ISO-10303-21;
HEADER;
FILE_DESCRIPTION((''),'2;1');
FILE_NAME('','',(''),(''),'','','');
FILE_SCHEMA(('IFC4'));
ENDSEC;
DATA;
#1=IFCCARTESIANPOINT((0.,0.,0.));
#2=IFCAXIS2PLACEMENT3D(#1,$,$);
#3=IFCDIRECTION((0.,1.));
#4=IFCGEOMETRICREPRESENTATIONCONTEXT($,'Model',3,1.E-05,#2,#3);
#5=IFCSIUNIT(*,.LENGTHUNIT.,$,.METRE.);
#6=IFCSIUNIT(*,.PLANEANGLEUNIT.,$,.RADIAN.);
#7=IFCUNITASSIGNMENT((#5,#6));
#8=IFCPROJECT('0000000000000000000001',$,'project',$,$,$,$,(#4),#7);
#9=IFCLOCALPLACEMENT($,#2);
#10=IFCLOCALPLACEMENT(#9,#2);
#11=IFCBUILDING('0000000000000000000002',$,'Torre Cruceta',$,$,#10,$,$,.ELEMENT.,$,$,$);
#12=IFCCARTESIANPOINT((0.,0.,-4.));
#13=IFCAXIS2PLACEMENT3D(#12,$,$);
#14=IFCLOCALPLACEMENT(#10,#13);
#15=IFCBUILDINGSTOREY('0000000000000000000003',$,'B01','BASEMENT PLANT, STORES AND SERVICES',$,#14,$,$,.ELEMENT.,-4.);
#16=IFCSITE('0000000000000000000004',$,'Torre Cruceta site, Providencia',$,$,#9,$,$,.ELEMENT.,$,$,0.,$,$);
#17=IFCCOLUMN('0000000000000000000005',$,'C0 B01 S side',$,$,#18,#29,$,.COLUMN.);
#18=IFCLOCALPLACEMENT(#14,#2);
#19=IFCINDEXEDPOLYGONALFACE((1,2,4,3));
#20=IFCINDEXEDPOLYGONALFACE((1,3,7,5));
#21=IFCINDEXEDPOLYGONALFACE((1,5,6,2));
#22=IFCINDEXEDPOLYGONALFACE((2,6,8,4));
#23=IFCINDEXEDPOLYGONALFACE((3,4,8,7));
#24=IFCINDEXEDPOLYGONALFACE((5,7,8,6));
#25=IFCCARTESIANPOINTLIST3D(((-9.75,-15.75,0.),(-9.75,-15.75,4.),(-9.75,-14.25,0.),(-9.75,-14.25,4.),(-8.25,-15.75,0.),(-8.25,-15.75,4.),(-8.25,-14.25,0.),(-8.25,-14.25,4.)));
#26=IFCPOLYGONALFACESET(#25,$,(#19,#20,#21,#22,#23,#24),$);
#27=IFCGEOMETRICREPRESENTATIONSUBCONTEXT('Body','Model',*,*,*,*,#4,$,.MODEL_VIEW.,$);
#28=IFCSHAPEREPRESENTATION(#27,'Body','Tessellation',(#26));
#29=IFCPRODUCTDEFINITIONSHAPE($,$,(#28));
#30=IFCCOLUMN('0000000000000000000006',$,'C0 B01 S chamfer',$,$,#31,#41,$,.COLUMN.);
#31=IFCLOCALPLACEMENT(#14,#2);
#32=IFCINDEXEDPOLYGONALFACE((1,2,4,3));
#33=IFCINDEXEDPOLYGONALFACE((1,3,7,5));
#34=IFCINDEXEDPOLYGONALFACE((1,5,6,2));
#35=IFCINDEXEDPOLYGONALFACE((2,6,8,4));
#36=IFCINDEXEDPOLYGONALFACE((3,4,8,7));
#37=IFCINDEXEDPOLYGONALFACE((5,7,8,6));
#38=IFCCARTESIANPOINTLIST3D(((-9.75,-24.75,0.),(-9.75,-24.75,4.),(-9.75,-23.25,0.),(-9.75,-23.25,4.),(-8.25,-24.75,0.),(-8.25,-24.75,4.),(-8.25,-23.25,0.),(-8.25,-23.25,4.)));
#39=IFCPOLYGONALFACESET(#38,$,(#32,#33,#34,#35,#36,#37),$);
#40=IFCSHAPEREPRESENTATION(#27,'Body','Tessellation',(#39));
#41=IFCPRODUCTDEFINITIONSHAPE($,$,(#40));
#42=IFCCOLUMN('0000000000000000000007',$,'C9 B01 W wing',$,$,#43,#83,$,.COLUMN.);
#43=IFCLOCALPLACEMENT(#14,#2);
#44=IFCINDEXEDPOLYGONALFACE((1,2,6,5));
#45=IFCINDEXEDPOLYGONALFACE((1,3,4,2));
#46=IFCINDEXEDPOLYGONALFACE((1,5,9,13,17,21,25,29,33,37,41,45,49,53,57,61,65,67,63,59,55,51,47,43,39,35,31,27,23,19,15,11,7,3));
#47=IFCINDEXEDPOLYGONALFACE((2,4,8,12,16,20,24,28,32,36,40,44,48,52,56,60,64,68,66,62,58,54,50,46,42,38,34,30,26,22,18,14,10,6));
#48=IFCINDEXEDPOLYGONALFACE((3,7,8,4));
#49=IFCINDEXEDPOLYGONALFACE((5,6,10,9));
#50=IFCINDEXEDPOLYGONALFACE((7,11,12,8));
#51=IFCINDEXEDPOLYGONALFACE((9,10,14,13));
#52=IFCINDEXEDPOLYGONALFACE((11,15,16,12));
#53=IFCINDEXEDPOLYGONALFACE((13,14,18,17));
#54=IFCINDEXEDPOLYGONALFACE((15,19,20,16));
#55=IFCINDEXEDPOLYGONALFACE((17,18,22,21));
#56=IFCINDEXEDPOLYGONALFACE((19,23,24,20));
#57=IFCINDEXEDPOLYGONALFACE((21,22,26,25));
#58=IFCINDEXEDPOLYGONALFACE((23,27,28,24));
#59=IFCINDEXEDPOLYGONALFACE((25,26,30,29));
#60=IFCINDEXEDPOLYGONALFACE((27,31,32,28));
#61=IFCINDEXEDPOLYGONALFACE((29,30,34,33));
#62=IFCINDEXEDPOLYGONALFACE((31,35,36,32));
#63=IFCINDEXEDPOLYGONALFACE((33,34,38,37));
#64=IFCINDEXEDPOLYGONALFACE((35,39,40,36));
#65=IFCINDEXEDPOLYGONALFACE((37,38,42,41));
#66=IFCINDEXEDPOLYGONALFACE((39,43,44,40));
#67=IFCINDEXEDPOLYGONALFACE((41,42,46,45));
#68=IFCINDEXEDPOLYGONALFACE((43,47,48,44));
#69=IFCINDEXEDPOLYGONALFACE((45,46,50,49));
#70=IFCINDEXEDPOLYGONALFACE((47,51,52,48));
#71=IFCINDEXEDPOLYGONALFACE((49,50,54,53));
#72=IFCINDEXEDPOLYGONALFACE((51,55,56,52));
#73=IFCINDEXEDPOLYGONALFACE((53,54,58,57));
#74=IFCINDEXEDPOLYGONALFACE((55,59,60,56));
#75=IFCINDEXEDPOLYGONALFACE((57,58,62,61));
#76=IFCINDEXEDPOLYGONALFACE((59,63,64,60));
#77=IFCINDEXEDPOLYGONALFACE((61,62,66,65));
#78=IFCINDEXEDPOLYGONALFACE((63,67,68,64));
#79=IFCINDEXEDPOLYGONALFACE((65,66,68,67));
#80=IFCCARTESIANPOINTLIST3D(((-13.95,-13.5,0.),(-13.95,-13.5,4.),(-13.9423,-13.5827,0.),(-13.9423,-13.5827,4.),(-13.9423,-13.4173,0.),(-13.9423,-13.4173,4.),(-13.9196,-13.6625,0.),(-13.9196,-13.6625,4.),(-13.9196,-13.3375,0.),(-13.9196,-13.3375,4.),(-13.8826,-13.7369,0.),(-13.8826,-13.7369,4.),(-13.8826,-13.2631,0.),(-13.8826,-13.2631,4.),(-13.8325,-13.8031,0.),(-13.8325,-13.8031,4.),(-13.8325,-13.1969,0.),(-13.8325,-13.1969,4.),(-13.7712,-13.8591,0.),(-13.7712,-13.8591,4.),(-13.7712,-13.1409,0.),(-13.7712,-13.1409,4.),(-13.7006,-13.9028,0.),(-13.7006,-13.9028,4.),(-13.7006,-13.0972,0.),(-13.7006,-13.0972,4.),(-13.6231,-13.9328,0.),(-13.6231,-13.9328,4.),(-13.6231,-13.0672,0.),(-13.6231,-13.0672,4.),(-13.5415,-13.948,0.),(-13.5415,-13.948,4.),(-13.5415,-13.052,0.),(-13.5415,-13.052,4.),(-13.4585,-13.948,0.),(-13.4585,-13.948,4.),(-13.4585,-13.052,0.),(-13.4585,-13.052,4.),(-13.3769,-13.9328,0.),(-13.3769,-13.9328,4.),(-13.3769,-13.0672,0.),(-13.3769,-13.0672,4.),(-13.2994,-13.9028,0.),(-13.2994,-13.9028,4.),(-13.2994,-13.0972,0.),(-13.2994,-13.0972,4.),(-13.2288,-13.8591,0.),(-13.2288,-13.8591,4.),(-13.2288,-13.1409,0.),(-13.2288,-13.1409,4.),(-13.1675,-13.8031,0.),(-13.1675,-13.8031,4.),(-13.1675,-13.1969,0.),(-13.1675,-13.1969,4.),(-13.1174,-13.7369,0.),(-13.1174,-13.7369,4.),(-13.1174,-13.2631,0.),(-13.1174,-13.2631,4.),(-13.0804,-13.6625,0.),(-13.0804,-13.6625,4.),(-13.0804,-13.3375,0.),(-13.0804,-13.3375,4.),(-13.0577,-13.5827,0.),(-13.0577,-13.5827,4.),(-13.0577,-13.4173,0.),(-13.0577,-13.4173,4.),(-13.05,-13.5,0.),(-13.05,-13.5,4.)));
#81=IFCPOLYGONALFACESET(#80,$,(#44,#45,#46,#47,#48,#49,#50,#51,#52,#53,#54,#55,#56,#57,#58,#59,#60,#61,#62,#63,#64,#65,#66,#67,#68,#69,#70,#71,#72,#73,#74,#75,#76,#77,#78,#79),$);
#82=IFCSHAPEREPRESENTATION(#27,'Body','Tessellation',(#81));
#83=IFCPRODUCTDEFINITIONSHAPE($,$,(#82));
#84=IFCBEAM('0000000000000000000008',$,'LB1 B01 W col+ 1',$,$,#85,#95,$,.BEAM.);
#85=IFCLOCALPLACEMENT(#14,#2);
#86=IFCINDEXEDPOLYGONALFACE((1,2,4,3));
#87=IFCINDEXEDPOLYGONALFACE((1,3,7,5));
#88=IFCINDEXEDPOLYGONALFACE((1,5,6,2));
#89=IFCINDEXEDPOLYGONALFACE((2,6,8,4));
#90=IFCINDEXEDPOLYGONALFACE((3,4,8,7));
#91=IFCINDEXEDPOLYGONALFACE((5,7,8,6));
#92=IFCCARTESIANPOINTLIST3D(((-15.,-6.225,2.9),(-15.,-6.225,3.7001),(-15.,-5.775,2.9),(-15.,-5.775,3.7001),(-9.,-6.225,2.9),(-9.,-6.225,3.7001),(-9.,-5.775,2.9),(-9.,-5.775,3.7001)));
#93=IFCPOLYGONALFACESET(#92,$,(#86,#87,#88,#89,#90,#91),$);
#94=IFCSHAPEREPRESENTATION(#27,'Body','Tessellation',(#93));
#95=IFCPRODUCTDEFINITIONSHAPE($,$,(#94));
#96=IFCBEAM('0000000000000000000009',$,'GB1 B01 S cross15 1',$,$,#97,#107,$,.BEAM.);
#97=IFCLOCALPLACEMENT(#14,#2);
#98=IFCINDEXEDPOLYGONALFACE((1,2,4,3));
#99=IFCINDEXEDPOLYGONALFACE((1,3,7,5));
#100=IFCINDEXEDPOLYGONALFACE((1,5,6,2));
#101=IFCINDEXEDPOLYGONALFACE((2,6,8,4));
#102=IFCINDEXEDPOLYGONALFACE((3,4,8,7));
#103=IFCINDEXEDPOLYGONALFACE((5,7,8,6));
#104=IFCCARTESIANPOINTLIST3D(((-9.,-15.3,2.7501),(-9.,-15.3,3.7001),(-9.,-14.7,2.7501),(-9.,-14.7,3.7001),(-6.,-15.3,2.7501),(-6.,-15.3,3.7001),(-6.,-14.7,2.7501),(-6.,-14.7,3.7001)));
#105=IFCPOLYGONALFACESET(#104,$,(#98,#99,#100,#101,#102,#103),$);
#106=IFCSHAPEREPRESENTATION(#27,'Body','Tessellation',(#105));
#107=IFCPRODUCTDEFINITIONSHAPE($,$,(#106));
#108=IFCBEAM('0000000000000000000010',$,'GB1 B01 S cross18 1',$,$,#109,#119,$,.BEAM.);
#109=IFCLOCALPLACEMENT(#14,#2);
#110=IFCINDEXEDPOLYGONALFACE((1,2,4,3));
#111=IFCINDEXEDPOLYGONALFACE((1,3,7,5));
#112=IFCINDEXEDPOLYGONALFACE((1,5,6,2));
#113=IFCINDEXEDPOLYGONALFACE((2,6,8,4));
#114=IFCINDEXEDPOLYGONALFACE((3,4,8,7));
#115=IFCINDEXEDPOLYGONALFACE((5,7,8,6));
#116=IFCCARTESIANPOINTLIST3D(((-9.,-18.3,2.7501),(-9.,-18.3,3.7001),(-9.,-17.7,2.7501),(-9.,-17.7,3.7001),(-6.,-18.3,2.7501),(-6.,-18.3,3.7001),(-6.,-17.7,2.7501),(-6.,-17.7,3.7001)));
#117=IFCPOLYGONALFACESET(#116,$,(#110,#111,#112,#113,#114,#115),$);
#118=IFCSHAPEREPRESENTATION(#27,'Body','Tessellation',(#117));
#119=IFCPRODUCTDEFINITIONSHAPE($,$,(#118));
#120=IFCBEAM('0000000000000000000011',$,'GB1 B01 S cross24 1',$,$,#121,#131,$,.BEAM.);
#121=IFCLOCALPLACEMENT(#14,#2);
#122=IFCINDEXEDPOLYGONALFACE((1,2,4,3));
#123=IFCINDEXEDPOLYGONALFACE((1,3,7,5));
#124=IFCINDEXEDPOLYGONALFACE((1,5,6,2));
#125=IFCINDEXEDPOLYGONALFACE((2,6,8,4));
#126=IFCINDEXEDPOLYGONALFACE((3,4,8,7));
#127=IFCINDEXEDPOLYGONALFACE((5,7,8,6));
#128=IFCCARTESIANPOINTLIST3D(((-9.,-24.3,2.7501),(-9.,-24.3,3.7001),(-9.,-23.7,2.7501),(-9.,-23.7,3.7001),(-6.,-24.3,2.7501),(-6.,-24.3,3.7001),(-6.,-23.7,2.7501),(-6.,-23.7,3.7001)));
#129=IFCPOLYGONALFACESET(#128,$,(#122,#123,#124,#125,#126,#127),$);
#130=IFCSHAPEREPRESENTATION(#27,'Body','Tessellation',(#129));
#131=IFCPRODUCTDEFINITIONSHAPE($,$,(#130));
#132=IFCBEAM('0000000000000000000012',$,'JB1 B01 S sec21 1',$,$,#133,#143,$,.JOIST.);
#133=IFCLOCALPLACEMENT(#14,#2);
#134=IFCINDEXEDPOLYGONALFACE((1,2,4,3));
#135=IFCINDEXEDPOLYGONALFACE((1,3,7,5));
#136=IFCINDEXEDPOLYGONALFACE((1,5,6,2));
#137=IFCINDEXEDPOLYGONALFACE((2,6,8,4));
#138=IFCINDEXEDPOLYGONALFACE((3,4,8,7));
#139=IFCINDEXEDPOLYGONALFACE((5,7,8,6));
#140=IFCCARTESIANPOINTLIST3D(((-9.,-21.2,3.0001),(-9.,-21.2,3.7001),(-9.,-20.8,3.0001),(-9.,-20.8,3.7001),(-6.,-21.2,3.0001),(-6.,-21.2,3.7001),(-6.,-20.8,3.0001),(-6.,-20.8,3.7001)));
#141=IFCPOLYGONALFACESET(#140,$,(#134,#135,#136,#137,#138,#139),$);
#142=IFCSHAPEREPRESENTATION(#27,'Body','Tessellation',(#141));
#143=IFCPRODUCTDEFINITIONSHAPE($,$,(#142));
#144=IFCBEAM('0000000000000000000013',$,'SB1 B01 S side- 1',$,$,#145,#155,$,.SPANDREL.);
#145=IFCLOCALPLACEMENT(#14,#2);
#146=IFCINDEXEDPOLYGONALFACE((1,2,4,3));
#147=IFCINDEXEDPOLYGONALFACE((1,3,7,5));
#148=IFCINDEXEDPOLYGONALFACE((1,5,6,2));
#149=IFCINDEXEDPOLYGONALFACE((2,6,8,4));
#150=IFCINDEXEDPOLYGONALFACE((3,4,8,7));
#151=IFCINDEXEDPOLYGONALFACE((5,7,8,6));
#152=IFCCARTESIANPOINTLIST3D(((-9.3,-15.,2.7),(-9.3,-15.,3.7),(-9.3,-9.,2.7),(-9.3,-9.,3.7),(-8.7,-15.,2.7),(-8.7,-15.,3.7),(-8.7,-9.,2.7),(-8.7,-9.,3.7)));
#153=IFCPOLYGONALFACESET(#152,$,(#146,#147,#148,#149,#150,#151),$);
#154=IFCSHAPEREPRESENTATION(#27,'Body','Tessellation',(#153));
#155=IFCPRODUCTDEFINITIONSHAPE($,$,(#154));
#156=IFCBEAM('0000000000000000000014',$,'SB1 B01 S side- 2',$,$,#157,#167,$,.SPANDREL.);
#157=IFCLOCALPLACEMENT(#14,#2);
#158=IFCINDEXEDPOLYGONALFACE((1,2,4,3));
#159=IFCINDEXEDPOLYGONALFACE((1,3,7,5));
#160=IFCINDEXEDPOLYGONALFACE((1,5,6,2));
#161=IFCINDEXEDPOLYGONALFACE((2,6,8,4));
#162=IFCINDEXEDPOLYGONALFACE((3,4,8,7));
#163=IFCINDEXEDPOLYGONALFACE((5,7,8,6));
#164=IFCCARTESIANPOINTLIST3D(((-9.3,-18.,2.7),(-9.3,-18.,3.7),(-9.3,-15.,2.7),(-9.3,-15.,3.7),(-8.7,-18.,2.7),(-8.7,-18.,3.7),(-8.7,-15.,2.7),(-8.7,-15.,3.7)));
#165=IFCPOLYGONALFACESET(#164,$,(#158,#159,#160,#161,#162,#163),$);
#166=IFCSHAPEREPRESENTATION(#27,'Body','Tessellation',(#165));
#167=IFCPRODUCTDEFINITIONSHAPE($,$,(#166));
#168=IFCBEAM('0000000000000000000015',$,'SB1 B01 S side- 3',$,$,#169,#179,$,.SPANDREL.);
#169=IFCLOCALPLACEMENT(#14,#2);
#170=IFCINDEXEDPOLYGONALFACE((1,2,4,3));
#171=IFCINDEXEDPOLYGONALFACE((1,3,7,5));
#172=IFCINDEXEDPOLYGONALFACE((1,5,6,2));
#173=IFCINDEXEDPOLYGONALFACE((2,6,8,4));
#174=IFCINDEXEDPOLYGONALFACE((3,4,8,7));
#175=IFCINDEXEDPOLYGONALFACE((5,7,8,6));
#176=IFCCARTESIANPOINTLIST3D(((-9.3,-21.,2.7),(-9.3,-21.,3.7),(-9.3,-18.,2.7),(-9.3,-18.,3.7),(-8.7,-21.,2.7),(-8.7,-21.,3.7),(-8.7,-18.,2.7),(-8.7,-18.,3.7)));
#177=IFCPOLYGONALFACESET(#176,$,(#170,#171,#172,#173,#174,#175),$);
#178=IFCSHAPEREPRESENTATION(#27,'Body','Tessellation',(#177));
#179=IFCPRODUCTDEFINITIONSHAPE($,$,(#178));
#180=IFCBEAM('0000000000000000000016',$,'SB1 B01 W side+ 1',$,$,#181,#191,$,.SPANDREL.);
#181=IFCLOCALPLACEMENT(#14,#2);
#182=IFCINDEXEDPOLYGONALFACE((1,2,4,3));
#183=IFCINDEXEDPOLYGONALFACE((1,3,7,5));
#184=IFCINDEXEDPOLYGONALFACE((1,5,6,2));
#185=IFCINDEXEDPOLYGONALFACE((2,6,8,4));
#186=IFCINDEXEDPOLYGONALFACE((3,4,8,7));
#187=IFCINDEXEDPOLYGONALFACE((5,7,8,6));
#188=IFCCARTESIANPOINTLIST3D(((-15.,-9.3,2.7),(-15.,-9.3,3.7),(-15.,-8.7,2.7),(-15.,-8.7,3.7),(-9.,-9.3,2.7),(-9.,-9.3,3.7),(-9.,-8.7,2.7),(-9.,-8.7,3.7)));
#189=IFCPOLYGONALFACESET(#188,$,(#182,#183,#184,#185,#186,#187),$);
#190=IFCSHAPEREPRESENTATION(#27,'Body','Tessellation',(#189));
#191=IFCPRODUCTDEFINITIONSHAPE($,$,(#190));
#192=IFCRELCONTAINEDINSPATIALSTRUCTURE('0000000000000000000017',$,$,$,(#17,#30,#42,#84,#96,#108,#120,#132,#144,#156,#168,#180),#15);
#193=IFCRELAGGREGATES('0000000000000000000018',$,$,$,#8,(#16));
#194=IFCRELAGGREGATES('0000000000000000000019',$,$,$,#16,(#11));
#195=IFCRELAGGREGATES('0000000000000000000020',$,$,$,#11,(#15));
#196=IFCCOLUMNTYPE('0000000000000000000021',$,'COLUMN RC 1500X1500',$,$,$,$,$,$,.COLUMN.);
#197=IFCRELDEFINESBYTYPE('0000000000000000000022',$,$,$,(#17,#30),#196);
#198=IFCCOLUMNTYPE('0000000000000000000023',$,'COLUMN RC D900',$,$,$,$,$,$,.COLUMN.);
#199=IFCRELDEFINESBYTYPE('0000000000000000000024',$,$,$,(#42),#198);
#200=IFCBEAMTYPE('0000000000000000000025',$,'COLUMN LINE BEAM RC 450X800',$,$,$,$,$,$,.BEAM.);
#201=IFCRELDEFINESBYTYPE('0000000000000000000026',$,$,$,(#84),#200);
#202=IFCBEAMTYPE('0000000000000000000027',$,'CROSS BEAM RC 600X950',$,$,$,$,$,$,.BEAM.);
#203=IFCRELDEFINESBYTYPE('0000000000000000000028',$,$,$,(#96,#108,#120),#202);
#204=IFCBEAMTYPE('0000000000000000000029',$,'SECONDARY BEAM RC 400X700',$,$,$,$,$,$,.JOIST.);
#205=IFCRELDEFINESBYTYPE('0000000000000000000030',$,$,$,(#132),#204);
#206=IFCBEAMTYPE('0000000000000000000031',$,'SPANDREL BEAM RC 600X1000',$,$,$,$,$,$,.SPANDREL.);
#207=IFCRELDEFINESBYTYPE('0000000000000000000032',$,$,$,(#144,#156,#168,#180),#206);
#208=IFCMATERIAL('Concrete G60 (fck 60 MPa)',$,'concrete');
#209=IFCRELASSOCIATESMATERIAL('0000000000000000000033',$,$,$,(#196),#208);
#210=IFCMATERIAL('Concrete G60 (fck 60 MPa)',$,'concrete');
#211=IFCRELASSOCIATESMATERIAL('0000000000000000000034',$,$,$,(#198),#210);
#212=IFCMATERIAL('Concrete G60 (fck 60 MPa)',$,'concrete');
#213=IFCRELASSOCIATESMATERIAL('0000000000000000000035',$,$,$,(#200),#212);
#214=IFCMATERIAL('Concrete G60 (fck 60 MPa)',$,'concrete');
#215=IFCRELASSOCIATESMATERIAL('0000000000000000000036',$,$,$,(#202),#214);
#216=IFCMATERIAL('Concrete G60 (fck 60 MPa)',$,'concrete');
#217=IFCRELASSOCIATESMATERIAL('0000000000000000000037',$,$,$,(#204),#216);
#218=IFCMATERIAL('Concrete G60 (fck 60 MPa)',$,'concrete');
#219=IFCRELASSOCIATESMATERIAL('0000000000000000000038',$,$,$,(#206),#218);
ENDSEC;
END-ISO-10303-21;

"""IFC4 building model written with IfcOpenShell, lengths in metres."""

from ifc_helpers import new_model, si_unit, direction, frame, origin, origin_2d, place, context, subcontext, project, spatial, rectangle, circle, extrude, material, material_profile, profile_set, type_object, element, save


model = new_model("IFC4")

# Units and contexts
model_context = context("Model", 3, precision=1e-05, world=origin(), true_north=direction((0.0, 1.0)))
body_context = subcontext(model_context, "Body", "Model", "MODEL_VIEW")
ifc_project = project(units=[si_unit("LENGTHUNIT", "METRE"), si_unit("PLANEANGLEUNIT", "RADIAN")], contexts=[model_context])

# Site, building, storey
site_placement = place(None, origin())
site = spatial("IfcSite", under=ifc_project, at=site_placement, Name="Torre Cruceta site, Providencia", CompositionType="ELEMENT", RefElevation=0.0)
building_placement = place(site_placement, origin())
building = spatial("IfcBuilding", under=site, at=building_placement, Name="Torre Cruceta", CompositionType="ELEMENT")
storey_placement = place(building_placement, frame((0.0, 0.0, -4.0)))
storey = spatial("IfcBuildingStorey", under=building, at=storey_placement, Name="B01", Description="BASEMENT PLANT, STORES AND SERVICES", CompositionType="ELEMENT", Elevation=-4.0)

# Columns
ifc_material_1 = material(Name="Concrete G60 (fck 60 MPa)", Category="concrete")
ifc_material_profile_1 = material_profile(ifc_material_1, rectangle(XDim=1.5, YDim=1.5, at=origin_2d()), Name="RC 1500X1500")
ifc_profile_set_1 = profile_set([ifc_material_profile_1], Name="Concrete G60 (fck 60 MPa)")
column_type_1 = type_object("IfcColumnType", Name="COLUMN RC 1500X1500", PredefinedType="COLUMN", material=ifc_profile_set_1)
for number, where, z_axis, x_axis, name in (
    (1, (-9.0, -15.0, 0.0), (0.0, 0.0, 1.0), (1.0, 0.0, 0.0), "C0 B01 S side"),
    (2, (-9.0, -24.0, 0.0), (0.0, 0.0, 1.0), (1.0, 0.0, 0.0), "C0 B01 S chamfer"),
):
    element("IfcColumn", number, at=place(storey_placement, frame(where, z_axis=z_axis, x_axis=x_axis)), inside=storey, type_object=column_type_1, Name=name, PredefinedType="COLUMN", context=body_context, shape_type="SweptSolid", body=[
        extrude(rectangle(XDim=1.5, YDim=1.5, at=origin_2d()), origin(), (0.0, 0.0, 1.0), 4.0),
    ])
ifc_material_2 = material(Name="Concrete G60 (fck 60 MPa)", Category="concrete")
ifc_material_profile_2 = material_profile(ifc_material_2, circle(Radius=0.45, at=origin_2d()), Name="RC D900")
ifc_profile_set_2 = profile_set([ifc_material_profile_2], Name="Concrete G60 (fck 60 MPa)")
column_type_2 = type_object("IfcColumnType", Name="COLUMN RC D900", PredefinedType="COLUMN", material=ifc_profile_set_2)
column_placement = place(storey_placement, frame((-13.5, -13.5, 0.0), z_axis=(0.0, 0.0, 1.0), x_axis=(1.0, 0.0, 0.0)))
element("IfcColumn", 3, at=column_placement, inside=storey, type_object=column_type_2, Name="C9 B01 W wing", PredefinedType="COLUMN", context=body_context, shape_type="SweptSolid", body=[
    extrude(circle(Radius=0.45, at=origin_2d()), origin(), (0.0, 0.0, 1.0), 4.0),
])

# Beams
ifc_material_3 = material(Name="Concrete G60 (fck 60 MPa)", Category="concrete")
ifc_material_profile_3 = material_profile(ifc_material_3, rectangle(XDim=0.45, YDim=0.8, at=origin_2d()), Name="RC 450X800")
ifc_profile_set_3 = profile_set([ifc_material_profile_3], Name="Concrete G60 (fck 60 MPa)")
beam_type_1 = type_object("IfcBeamType", Name="COLUMN LINE BEAM RC 450X800", PredefinedType="BEAM", material=ifc_profile_set_3)
beam_1_placement = place(storey_placement, frame((-9.0, -6.0, 3.3), z_axis=(-1.0, 0.0, 0.0), x_axis=(0.0, -1.0, 0.0)))
element("IfcBeam", 4, at=beam_1_placement, inside=storey, type_object=beam_type_1, Name="LB1 B01 W col+ 1", PredefinedType="BEAM", context=body_context, shape_type="SweptSolid", body=[
    extrude(rectangle(XDim=0.45, YDim=0.8, at=origin_2d()), origin(), (0.0, 0.0, 1.0), 6.0),
])
ifc_material_4 = material(Name="Concrete G60 (fck 60 MPa)", Category="concrete")
ifc_material_profile_4 = material_profile(ifc_material_4, rectangle(XDim=0.6001, YDim=0.95, at=origin_2d()), Name="RC 600X950")
ifc_profile_set_4 = profile_set([ifc_material_profile_4], Name="Concrete G60 (fck 60 MPa)")
beam_type_2 = type_object("IfcBeamType", Name="CROSS BEAM RC 600X950", PredefinedType="BEAM", material=ifc_profile_set_4)
for number, where, z_axis, x_axis, name in (
    (5, (-9.0, -15.0, 3.2251), (1.0, 0.0, 0.0), (0.0, 1.0, 0.0), "GB1 B01 S cross15 1"),
    (6, (-9.0, -18.0, 3.2251), (1.0, 0.0, 0.0), (0.0, 1.0, 0.0), "GB1 B01 S cross18 1"),
    (7, (-9.0, -24.0, 3.2251), (1.0, 0.0, 0.0), (0.0, 1.0, 0.0), "GB1 B01 S cross24 1"),
):
    element("IfcBeam", number, at=place(storey_placement, frame(where, z_axis=z_axis, x_axis=x_axis)), inside=storey, type_object=beam_type_2, Name=name, PredefinedType="BEAM", context=body_context, shape_type="SweptSolid", body=[
        extrude(rectangle(XDim=0.6001, YDim=0.95, at=origin_2d()), origin(), (0.0, 0.0, 1.0), 3.0),
    ])
ifc_material_5 = material(Name="Concrete G60 (fck 60 MPa)", Category="concrete")
ifc_material_profile_5 = material_profile(ifc_material_5, rectangle(XDim=0.3999, YDim=0.7, at=origin_2d()), Name="RC 400X700")
ifc_profile_set_5 = profile_set([ifc_material_profile_5], Name="Concrete G60 (fck 60 MPa)")
beam_type_3 = type_object("IfcBeamType", Name="SECONDARY BEAM RC 400X700", PredefinedType="JOIST", material=ifc_profile_set_5)
beam_2_placement = place(storey_placement, frame((-9.0, -21.0, 3.3501), z_axis=(1.0, 0.0, 0.0), x_axis=(0.0, 1.0, 0.0)))
element("IfcBeam", 8, at=beam_2_placement, inside=storey, type_object=beam_type_3, Name="JB1 B01 S sec21 1", PredefinedType="JOIST", context=body_context, shape_type="SweptSolid", body=[
    extrude(rectangle(XDim=0.3999, YDim=0.7, at=origin_2d()), origin(), (0.0, 0.0, 1.0), 3.0),
])
ifc_material_6 = material(Name="Concrete G60 (fck 60 MPa)", Category="concrete")
ifc_material_profile_6 = material_profile(ifc_material_6, rectangle(XDim=0.6001, YDim=1.0, at=origin_2d()), Name="RC 600X1000")
ifc_profile_set_6 = profile_set([ifc_material_profile_6], Name="Concrete G60 (fck 60 MPa)")
beam_type_4 = type_object("IfcBeamType", Name="SPANDREL BEAM RC 600X1000", PredefinedType="SPANDREL", material=ifc_profile_set_6)
beam_3_placement = place(storey_placement, frame((-9.0, -9.0, 3.2), z_axis=(0.0, -1.0, 0.0), x_axis=(1.0, 0.0, 0.0)))
element("IfcBeam", 9, at=beam_3_placement, inside=storey, type_object=beam_type_4, Name="SB1 B01 S side- 1", PredefinedType="SPANDREL", context=body_context, shape_type="SweptSolid", body=[
    extrude(rectangle(XDim=0.6001, YDim=1.0, at=origin_2d()), origin(), (0.0, 0.0, 1.0), 6.0),
])
for number, where, z_axis, x_axis, name in (
    (10, (-9.0, -15.0, 3.2), (0.0, -1.0, 0.0), (1.0, 0.0, 0.0), "SB1 B01 S side- 2"),
    (11, (-9.0, -18.0, 3.2), (0.0, -1.0, 0.0), (1.0, 0.0, 0.0), "SB1 B01 S side- 3"),
):
    element("IfcBeam", number, at=place(storey_placement, frame(where, z_axis=z_axis, x_axis=x_axis)), inside=storey, type_object=beam_type_4, Name=name, PredefinedType="SPANDREL", context=body_context, shape_type="SweptSolid", body=[
        extrude(rectangle(XDim=0.6001, YDim=1.0, at=origin_2d()), origin(), (0.0, 0.0, 1.0), 3.0),
    ])
beam_4_placement = place(storey_placement, frame((-9.0, -9.0, 3.2), z_axis=(-1.0, 0.0, 0.0), x_axis=(0.0, -1.0, 0.0)))
element("IfcBeam", 12, at=beam_4_placement, inside=storey, type_object=beam_type_4, Name="SB1 B01 W side+ 1", PredefinedType="SPANDREL", context=body_context, shape_type="SweptSolid", body=[
    extrude(rectangle(XDim=0.6001, YDim=1.0, at=origin_2d()), origin(), (0.0, 0.0, 1.0), 6.0),
])

save(model, "model.ifc")
